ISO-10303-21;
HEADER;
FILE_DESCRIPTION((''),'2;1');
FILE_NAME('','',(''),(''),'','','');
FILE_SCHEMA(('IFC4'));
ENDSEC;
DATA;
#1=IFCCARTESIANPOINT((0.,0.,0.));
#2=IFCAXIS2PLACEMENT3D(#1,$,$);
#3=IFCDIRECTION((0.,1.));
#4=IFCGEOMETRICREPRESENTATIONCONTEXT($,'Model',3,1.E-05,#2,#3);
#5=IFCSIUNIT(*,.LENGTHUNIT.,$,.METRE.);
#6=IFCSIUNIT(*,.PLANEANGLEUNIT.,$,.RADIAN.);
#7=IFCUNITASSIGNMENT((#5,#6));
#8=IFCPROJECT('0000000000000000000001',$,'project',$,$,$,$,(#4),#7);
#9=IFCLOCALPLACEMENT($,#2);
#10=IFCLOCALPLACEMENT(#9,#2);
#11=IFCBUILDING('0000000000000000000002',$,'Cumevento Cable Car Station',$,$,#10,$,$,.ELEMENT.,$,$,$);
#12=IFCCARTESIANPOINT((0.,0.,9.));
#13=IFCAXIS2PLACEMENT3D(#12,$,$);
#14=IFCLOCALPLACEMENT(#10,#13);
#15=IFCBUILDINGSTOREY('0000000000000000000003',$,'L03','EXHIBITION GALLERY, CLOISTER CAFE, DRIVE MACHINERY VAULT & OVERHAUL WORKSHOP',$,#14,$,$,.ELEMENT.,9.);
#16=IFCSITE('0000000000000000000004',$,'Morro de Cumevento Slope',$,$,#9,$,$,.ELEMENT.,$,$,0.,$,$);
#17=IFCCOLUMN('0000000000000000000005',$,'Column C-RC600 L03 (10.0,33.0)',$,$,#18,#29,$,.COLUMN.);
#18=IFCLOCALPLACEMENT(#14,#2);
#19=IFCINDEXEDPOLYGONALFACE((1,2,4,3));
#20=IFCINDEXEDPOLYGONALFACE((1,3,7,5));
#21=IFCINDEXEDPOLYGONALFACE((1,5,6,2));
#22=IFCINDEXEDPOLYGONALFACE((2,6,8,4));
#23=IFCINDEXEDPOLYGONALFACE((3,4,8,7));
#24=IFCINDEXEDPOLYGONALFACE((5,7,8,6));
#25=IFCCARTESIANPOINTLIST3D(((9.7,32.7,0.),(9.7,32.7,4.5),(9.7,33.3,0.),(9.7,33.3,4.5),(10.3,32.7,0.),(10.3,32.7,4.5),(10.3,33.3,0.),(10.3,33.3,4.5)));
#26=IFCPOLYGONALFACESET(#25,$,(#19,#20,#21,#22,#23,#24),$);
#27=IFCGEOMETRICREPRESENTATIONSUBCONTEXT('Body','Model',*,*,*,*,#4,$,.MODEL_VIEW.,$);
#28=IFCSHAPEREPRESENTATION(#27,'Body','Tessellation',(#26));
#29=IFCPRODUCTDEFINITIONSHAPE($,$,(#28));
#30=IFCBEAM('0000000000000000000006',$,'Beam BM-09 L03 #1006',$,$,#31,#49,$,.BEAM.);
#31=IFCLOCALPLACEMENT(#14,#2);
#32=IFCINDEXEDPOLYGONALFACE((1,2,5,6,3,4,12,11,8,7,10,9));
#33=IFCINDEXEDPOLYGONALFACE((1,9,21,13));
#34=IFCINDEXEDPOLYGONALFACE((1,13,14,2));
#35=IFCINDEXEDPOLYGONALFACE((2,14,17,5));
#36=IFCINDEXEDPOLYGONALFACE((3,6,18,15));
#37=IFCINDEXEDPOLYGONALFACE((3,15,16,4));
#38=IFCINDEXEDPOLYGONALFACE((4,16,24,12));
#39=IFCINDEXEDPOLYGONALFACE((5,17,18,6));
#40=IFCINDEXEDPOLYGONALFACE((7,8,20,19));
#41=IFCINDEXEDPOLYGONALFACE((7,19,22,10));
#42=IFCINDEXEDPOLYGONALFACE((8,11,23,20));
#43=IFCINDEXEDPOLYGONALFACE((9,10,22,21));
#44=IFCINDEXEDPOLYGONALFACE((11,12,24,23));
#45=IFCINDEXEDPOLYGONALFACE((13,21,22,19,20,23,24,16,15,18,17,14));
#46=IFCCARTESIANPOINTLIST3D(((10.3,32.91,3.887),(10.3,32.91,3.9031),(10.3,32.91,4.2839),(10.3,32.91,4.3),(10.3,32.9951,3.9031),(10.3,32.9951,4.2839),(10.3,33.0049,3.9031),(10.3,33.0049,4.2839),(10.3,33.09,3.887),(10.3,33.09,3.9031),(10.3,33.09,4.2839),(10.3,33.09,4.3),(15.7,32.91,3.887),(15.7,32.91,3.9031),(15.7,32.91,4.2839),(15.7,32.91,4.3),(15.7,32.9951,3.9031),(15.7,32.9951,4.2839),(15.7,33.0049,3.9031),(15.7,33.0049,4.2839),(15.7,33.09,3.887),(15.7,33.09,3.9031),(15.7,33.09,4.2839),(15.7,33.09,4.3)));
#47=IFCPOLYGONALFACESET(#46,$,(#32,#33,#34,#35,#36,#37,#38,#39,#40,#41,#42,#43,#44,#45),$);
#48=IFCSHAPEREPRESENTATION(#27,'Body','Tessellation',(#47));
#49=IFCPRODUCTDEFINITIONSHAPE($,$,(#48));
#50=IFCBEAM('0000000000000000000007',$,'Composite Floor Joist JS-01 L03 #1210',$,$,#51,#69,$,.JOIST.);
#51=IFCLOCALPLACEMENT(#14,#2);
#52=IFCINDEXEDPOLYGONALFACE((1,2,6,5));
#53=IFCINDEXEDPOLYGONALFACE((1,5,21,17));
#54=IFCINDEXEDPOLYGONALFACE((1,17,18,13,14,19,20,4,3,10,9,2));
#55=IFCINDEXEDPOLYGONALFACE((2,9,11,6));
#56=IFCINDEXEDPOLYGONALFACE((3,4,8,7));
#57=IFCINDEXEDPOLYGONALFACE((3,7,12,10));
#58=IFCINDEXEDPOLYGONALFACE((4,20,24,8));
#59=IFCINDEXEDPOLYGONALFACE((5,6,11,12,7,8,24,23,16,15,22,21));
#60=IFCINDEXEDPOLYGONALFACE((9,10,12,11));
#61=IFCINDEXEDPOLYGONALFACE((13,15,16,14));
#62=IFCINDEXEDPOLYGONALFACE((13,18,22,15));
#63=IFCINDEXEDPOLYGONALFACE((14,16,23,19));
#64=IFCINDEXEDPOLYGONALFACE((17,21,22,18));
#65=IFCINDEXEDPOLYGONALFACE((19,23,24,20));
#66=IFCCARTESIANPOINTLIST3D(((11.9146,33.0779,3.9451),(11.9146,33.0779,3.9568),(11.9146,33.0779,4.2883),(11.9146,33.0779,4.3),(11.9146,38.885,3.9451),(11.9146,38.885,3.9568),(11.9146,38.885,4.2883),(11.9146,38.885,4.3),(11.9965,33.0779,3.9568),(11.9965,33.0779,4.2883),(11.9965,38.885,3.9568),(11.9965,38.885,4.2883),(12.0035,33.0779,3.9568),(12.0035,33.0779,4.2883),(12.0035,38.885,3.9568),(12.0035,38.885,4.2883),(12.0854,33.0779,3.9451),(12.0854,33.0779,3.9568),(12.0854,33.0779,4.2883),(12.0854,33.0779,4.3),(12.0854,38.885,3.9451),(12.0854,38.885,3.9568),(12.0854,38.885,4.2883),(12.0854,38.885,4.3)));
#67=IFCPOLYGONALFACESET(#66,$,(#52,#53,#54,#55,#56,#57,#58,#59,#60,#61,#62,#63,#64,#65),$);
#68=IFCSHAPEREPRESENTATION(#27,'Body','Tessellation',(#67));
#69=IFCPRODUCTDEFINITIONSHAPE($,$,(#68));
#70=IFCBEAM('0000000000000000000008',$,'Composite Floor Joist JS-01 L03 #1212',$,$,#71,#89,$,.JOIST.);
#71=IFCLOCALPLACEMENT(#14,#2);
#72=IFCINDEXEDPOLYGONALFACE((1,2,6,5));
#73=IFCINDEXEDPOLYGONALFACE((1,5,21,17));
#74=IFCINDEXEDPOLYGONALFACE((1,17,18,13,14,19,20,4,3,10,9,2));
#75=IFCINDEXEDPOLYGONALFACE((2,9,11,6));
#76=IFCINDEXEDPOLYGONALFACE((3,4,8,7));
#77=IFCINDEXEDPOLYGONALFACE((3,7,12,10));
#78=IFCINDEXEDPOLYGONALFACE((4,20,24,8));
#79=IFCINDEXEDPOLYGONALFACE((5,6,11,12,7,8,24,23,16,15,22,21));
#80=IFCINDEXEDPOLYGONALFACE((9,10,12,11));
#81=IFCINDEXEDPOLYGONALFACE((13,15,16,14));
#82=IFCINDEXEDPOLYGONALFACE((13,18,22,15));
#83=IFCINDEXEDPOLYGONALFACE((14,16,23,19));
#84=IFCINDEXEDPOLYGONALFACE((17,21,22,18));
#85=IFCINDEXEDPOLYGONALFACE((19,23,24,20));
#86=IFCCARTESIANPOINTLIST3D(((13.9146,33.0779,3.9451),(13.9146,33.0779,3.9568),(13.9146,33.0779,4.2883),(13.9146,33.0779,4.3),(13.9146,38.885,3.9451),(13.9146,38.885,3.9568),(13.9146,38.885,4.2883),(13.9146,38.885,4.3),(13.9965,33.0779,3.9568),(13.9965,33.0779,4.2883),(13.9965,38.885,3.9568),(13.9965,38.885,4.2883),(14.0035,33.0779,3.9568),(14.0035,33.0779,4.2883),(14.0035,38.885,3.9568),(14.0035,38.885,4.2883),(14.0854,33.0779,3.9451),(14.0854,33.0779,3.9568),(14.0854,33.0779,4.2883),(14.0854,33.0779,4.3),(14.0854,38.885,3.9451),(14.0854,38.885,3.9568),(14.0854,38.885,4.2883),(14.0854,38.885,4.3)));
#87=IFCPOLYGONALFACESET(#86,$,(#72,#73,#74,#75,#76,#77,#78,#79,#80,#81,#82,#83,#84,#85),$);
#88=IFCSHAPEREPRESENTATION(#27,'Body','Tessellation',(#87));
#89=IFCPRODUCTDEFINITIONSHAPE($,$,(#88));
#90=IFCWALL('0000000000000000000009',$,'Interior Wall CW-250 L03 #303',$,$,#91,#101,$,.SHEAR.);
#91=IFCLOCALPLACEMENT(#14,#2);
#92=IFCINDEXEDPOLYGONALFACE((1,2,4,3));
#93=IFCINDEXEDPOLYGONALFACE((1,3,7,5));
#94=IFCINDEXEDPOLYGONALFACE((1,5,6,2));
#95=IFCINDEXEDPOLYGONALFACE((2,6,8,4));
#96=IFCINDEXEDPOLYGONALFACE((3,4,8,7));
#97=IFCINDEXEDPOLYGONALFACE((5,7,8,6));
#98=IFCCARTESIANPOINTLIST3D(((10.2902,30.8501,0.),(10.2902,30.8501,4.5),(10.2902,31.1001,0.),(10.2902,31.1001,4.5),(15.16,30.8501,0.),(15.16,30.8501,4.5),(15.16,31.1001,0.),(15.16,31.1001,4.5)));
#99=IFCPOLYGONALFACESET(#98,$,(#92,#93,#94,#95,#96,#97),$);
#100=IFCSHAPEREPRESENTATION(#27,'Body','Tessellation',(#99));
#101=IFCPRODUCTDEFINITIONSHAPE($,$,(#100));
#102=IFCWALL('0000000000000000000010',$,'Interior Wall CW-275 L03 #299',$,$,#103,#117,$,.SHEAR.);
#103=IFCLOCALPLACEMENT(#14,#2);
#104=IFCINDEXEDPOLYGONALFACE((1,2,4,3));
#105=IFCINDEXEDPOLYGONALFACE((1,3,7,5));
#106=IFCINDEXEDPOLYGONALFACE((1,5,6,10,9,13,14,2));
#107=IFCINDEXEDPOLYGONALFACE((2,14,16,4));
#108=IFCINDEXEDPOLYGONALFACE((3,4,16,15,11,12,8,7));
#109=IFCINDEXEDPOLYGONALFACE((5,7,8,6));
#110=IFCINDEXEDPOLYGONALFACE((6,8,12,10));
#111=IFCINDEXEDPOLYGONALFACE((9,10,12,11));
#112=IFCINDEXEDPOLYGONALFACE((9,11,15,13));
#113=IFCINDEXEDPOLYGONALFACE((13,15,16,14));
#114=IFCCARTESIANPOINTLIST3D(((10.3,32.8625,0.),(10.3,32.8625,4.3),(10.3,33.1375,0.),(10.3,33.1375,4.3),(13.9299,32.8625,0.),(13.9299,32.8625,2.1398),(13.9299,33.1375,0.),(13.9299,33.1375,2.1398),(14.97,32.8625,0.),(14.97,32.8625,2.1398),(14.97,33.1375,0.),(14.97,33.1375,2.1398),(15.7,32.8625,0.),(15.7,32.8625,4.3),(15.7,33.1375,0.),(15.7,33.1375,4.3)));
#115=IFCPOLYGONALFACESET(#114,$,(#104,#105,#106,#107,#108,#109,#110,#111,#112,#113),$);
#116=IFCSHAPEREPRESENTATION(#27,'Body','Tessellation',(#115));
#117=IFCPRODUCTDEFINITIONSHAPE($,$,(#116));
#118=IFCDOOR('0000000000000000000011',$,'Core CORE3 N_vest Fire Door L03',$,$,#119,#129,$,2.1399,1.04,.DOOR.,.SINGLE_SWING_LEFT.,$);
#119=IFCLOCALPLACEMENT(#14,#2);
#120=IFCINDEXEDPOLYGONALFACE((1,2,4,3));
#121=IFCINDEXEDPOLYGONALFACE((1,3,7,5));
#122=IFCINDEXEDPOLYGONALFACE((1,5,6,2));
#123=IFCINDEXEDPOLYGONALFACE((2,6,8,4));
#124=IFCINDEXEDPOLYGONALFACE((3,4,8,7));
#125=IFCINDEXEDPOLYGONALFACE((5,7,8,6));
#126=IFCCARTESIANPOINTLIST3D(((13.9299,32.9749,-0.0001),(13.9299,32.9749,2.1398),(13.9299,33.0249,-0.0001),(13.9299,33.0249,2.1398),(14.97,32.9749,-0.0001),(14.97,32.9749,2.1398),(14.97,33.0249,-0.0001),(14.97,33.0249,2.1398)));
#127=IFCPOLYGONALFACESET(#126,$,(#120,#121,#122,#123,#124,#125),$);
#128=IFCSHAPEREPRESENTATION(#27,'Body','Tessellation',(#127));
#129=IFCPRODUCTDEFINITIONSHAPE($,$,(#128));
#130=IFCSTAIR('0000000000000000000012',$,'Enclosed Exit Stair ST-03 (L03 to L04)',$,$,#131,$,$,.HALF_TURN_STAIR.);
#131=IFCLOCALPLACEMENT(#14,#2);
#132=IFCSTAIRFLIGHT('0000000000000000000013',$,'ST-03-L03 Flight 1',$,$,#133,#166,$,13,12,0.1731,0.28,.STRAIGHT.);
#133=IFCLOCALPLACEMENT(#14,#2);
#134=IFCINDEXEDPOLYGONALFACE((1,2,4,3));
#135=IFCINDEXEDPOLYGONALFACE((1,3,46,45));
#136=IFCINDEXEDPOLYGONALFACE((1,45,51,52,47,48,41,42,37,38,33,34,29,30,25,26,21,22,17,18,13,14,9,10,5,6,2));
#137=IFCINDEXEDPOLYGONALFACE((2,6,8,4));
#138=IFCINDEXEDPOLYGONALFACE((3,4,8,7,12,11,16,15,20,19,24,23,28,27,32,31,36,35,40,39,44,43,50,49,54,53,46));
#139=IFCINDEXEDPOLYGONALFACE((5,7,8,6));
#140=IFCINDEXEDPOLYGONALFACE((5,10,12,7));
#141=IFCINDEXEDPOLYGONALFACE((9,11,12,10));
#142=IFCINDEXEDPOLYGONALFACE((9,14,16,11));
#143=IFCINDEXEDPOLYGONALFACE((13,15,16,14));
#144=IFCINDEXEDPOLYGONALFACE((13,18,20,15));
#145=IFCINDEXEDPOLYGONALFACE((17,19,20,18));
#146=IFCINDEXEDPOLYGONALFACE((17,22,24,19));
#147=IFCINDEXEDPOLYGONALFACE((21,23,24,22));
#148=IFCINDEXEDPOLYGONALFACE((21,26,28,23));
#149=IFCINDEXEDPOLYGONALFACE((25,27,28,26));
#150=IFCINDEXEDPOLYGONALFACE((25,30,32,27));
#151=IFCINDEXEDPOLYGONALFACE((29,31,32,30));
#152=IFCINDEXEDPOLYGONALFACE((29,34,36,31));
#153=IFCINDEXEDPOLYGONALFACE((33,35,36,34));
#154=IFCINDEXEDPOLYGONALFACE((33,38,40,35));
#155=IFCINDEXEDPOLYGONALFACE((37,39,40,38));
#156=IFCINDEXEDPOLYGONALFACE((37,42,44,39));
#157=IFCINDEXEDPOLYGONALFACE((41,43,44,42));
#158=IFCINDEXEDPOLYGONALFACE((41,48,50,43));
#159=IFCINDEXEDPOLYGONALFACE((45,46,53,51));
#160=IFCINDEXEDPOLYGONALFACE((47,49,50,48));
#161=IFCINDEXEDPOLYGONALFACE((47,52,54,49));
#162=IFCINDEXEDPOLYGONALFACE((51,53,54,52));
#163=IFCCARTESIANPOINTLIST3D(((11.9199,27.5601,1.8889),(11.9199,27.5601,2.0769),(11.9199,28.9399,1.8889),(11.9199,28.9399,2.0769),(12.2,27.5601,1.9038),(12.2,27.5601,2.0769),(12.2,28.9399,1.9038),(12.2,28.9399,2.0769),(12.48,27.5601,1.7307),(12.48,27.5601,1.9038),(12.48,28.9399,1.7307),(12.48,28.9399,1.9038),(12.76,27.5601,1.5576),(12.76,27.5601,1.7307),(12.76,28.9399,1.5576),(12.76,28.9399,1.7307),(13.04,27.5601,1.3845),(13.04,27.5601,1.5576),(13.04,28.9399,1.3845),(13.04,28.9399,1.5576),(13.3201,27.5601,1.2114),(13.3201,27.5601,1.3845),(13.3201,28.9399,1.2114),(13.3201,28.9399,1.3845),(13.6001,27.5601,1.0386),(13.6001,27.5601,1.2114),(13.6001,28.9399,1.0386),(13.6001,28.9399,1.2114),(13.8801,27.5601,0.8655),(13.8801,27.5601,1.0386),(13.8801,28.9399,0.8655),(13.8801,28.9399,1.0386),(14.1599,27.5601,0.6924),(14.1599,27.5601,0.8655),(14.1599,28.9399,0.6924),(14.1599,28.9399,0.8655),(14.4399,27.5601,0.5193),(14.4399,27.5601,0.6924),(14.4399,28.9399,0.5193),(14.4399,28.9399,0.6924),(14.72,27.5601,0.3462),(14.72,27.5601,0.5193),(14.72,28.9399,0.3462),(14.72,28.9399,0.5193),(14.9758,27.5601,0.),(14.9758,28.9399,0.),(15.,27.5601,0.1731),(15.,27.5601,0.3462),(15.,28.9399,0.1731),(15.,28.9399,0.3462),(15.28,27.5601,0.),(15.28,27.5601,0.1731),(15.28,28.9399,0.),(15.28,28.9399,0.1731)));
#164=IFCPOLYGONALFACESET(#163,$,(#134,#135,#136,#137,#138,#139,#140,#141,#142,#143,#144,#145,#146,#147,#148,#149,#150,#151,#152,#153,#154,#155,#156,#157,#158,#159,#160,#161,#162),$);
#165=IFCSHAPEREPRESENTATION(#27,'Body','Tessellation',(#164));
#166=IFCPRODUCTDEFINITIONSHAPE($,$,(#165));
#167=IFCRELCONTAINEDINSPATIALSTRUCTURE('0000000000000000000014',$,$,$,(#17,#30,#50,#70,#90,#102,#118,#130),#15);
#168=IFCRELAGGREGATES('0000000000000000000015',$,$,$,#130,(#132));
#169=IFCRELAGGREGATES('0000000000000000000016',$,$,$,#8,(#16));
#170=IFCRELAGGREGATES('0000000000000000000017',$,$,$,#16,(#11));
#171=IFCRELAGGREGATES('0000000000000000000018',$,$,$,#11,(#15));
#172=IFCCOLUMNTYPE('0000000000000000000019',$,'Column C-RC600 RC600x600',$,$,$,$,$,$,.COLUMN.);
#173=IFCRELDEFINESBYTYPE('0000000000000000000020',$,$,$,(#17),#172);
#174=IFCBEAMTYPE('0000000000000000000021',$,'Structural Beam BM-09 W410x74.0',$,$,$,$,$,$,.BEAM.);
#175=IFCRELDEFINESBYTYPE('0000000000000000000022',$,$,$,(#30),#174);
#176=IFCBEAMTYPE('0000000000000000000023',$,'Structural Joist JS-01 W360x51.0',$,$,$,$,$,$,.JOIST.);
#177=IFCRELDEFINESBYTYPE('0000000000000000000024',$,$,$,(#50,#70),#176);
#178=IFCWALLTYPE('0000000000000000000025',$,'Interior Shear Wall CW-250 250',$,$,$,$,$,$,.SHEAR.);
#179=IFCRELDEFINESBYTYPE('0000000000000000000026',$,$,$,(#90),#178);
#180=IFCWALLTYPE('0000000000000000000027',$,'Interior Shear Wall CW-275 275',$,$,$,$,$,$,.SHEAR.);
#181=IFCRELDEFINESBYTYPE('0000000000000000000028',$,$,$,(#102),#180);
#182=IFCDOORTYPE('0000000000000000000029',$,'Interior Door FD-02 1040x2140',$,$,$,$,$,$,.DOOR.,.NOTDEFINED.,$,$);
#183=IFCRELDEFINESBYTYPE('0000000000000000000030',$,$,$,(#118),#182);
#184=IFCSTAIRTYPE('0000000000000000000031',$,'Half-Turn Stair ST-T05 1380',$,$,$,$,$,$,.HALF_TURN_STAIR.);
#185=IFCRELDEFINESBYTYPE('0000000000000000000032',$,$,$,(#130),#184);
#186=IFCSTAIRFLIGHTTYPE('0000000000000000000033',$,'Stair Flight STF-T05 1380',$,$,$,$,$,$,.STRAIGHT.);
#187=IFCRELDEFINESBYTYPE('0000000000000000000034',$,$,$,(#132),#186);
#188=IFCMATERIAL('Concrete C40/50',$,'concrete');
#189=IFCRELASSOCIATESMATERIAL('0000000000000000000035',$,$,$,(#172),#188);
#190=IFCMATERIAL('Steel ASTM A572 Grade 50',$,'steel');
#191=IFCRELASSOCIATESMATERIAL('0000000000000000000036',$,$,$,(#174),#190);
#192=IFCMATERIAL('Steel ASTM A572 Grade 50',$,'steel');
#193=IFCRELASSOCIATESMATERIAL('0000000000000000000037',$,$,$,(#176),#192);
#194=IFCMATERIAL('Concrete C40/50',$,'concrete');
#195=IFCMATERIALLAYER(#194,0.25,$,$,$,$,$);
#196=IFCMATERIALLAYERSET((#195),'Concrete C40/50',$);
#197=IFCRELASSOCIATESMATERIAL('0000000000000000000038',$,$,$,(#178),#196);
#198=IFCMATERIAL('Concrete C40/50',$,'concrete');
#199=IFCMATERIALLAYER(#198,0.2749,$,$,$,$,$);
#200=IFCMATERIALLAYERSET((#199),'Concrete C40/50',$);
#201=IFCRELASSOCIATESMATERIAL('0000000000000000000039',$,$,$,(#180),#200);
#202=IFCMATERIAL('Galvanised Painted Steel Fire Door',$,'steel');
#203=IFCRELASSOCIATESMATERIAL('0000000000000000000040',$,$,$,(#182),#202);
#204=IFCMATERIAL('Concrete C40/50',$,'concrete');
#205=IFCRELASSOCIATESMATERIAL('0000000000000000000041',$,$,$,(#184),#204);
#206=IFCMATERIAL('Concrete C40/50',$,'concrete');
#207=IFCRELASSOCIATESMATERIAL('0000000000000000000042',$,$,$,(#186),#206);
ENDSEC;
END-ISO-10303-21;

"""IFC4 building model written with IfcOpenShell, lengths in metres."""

from ifc_helpers import new_model, si_unit, direction, frame, frame_2d, origin, origin_2d, place, context, subcontext, project, spatial, polyline, rectangle, i_section, outline, extrude, material, layer, layer_set, material_profile, profile_set, type_object, element, fill, aggregate, save


model = new_model("IFC4")

# Units and contexts
model_context = context("Model", 3, precision=1e-05, world=origin(), true_north=direction((0.0, 1.0)))
body_context = subcontext(model_context, "Body", "Model", "MODEL_VIEW")
ifc_project = project(units=[si_unit("LENGTHUNIT", "METRE"), si_unit("PLANEANGLEUNIT", "RADIAN")], contexts=[model_context])

# Site, building, storey
site_placement = place(None, origin())
site = spatial("IfcSite", under=ifc_project, at=site_placement, Name="Morro de Cumevento Slope", CompositionType="ELEMENT", RefElevation=0.0)
building_placement = place(site_placement, origin())
building = spatial("IfcBuilding", under=site, at=building_placement, Name="Cumevento Cable Car Station", CompositionType="ELEMENT")
storey_placement = place(building_placement, frame((0.0, 0.0, 9.0)))
storey = spatial("IfcBuildingStorey", under=building, at=storey_placement, Name="L03", Description="EXHIBITION GALLERY, CLOISTER CAFE, DRIVE MACHINERY VAULT & OVERHAUL WORKSHOP", CompositionType="ELEMENT", Elevation=9.0)

# Column
ifc_material_1 = material(Name="Concrete C40/50", Category="concrete")
ifc_material_profile_1 = material_profile(ifc_material_1, rectangle(XDim=0.6001, YDim=0.6001, at=origin_2d()), Name="RC600x600")
ifc_profile_set_1 = profile_set([ifc_material_profile_1], Name="Concrete C40/50")
column_type = type_object("IfcColumnType", Name="Column C-RC600 RC600x600", PredefinedType="COLUMN", material=ifc_profile_set_1)
column_placement = place(storey_placement, frame((10.0, 33.0, 0.0), z_axis=(0.0, 0.0, 1.0), x_axis=(1.0, 0.0, 0.0)))
element("IfcColumn", 1, at=column_placement, inside=storey, type_object=column_type, Name="Column C-RC600 L03 (10.0,33.0)", PredefinedType="COLUMN", context=body_context, shape_type="SweptSolid", body=[
    extrude(rectangle(XDim=0.6001, YDim=0.6001, at=origin_2d()), origin(), (0.0, 0.0, 1.0), 4.5),
])

# Beams
ifc_material_2 = material(Name="Steel ASTM A572 Grade 50", Category="steel")
ifc_material_profile_2 = material_profile(ifc_material_2, i_section(OverallWidth=0.1799, OverallDepth=0.4131, WebThickness=0.0098, FlangeThickness=0.0161, at=origin_2d()), Name="W410x74.0")
ifc_profile_set_2 = profile_set([ifc_material_profile_2], Name="Steel ASTM A572 Grade 50")
beam_type_1 = type_object("IfcBeamType", Name="Structural Beam BM-09 W410x74.0", PredefinedType="BEAM", material=ifc_profile_set_2)
beam_placement = place(storey_placement, frame((10.3, 33.0, 4.0935), z_axis=(1.0, 0.0, 0.0), x_axis=(0.0, 1.0, 0.0)))
element("IfcBeam", 2, at=beam_placement, inside=storey, type_object=beam_type_1, Name="Beam BM-09 L03 #1006", PredefinedType="BEAM", context=body_context, shape_type="SweptSolid", body=[
    extrude(i_section(OverallWidth=0.1799, OverallDepth=0.4131, WebThickness=0.0098, FlangeThickness=0.0161, at=origin_2d()), origin(), (0.0, 0.0, 1.0), 5.3999),
])
ifc_material_3 = material(Name="Steel ASTM A572 Grade 50", Category="steel")
ifc_material_profile_3 = material_profile(ifc_material_3, i_section(OverallWidth=0.1709, OverallDepth=0.355, WebThickness=0.0071, FlangeThickness=0.0117, at=origin_2d()), Name="W360x51.0")
ifc_profile_set_3 = profile_set([ifc_material_profile_3], Name="Steel ASTM A572 Grade 50")
beam_type_2 = type_object("IfcBeamType", Name="Structural Joist JS-01 W360x51.0", PredefinedType="JOIST", material=ifc_profile_set_3)
for number, where, z_axis, x_axis, name in (
    (3, (12.0, 33.0779, 4.1226), (0.0, 1.0, 0.0), (-1.0, 0.0, 0.0), "Composite Floor Joist JS-01 L03 #1210"),
    (4, (14.0, 33.0779, 4.1226), (0.0, 1.0, 0.0), (-1.0, 0.0, 0.0), "Composite Floor Joist JS-01 L03 #1212"),
):
    element("IfcBeam", number, at=place(storey_placement, frame(where, z_axis=z_axis, x_axis=x_axis)), inside=storey, type_object=beam_type_2, Name=name, PredefinedType="JOIST", context=body_context, shape_type="SweptSolid", body=[
        extrude(i_section(OverallWidth=0.1709, OverallDepth=0.355, WebThickness=0.0071, FlangeThickness=0.0117, at=origin_2d()), origin(), (0.0, 0.0, 1.0), 5.8071),
    ])

# Wall
ifc_material_4 = material(Name="Concrete C40/50", Category="concrete")
ifc_layer_1 = layer(ifc_material_4, 0.25)
ifc_layer_set_1 = layer_set([ifc_layer_1], Name="Concrete C40/50")
wall_type_1 = type_object("IfcWallType", Name="Interior Shear Wall CW-250 250", PredefinedType="SHEAR", material=ifc_layer_set_1)
wall_1_placement = place(storey_placement, frame((10.29, 30.9751, 0.0), z_axis=(0.0, 0.0, 1.0), x_axis=(1.0, 0.0, 0.0)))
element("IfcWall", 5, at=wall_1_placement, inside=storey, type_object=wall_type_1, Name="Interior Wall CW-250 L03 #303", PredefinedType="SHEAR", context=body_context, shape_type="SweptSolid", body=[
    extrude(rectangle(XDim=4.8699, YDim=0.25, at=frame_2d((2.4351, 0.0))), origin(), (0.0, 0.0, 1.0), 4.5),
])

# Wall, opening, door
ifc_material_5 = material(Name="Concrete C40/50", Category="concrete")
ifc_layer_2 = layer(ifc_material_5, 0.2749)
ifc_layer_set_2 = layer_set([ifc_layer_2], Name="Concrete C40/50")
wall_type_2 = type_object("IfcWallType", Name="Interior Shear Wall CW-275 275", PredefinedType="SHEAR", material=ifc_layer_set_2)
wall_2_placement = place(storey_placement, frame((10.3, 33.0, 0.0), z_axis=(0.0, 0.0, 1.0), x_axis=(1.0, 0.0, 0.0)))
wall_2 = element("IfcWall", 6, at=wall_2_placement, inside=storey, type_object=wall_type_2, Name="Interior Wall CW-275 L03 #299", PredefinedType="SHEAR", context=body_context, shape_type="SweptSolid", body=[
    extrude(rectangle(XDim=5.3999, YDim=0.2749, at=frame_2d((2.7, 0.0))), origin(), (0.0, 0.0, 1.0), 4.3),
])
opening_1_placement = place(wall_2_placement, frame((3.6299, 0.0, 0.0)))
opening_1 = element("IfcOpeningElement", 7, at=opening_1_placement, cuts=wall_2, PredefinedType="OPENING", context=body_context, shape_type="SweptSolid", body=[
    extrude(rectangle(XDim=1.04, YDim=2.1399, at=frame_2d((0.52, 1.0698))), frame((0.0, 0.1475, 0.0), z_axis=(0.0, -1.0, 0.0), x_axis=(1.0, 0.0, 0.0)), (0.0, 0.0, 1.0), 0.2949),
])
ifc_material_6 = material(Name="Galvanised Painted Steel Fire Door", Category="steel")
door_type_1 = type_object("IfcDoorType", Name="Interior Door FD-02 1040x2140", OperationType="NOTDEFINED", PredefinedType="DOOR", material=ifc_material_6)
door_1_placement = place(opening_1_placement, origin())
door_1 = element("IfcDoor", 8, at=door_1_placement, inside=storey, type_object=door_type_1, Name="Core CORE3 N_vest Fire Door L03", OperationType="SINGLE_SWING_LEFT", OverallHeight=2.1399, OverallWidth=1.04, PredefinedType="DOOR", context=body_context, shape_type="SweptSolid", body=[
    extrude(rectangle(XDim=1.04, YDim=2.1399, at=frame_2d((0.52, 1.0698))), frame((0.0, 0.0249, 0.0), z_axis=(0.0, -1.0, 0.0), x_axis=(1.0, 0.0, 0.0)), (0.0, 0.0, 1.0), 0.05),
])
fill(opening_1, door_1)

# Stair, stair flight
ifc_material_7 = material(Name="Concrete C40/50", Category="concrete")
stair_type = type_object("IfcStairType", Name="Half-Turn Stair ST-T05 1380", PredefinedType="HALF_TURN_STAIR", material=ifc_material_7)
stair_placement = place(storey_placement, origin())
stair = element("IfcStair", 9, at=stair_placement, inside=storey, type_object=stair_type, Name="Enclosed Exit Stair ST-03 (L03 to L04)", PredefinedType="HALF_TURN_STAIR")
ifc_material_8 = material(Name="Concrete C40/50", Category="concrete")
stair_flight_type = type_object("IfcStairFlightType", Name="Stair Flight STF-T05 1380", PredefinedType="STRAIGHT", material=ifc_material_8)
stair_flight_1_placement = place(storey_placement, frame((15.28, 28.25, 0.0), z_axis=(0.0, 0.0, 1.0), x_axis=(-1.0, 0.0, 0.0)))
stair_flight_1 = element("IfcStairFlight", 10, at=stair_flight_1_placement, type_object=stair_flight_type, Name="ST-03-L03 Flight 1", NumberOfRisers=13, NumberOfTreads=12, PredefinedType="STRAIGHT", RiserHeight=0.1731, TreadLength=0.28, context=body_context, shape_type="SweptSolid", body=[
    extrude(outline(polyline([(0.0, 0.0), (0.0, 0.1731), (0.28, 0.1731), (0.28, 0.3462), (0.5601, 0.3462), (0.5601, 0.5193), (0.8401, 0.5193), (0.8401, 0.6924), (1.1201, 0.6924), (1.1201, 0.8655), (1.3999, 0.8655), (1.3999, 1.0386), (1.6799, 1.0386), (1.6799, 1.2114), (1.96, 1.2114), (1.96, 1.3845), (2.24, 1.3845), (2.24, 1.5576), (2.52, 1.5576), (2.52, 1.7307), (2.8, 1.7307), (2.8, 1.9038), (3.0801, 1.9038), (3.0801, 2.0769), (3.3601, 2.0769), (3.3601, 2.25), (3.3601, 1.8889), (0.3042, 0.0), (0.0, 0.0)])), frame((0.0, 0.6899, 0.0), z_axis=(0.0, -1.0, 0.0), x_axis=(1.0, 0.0, 0.0)), (0.0, 0.0, 1.0), 1.3799),
])
aggregate(stair, [stair_flight_1])

save(model, "model.ifc")
